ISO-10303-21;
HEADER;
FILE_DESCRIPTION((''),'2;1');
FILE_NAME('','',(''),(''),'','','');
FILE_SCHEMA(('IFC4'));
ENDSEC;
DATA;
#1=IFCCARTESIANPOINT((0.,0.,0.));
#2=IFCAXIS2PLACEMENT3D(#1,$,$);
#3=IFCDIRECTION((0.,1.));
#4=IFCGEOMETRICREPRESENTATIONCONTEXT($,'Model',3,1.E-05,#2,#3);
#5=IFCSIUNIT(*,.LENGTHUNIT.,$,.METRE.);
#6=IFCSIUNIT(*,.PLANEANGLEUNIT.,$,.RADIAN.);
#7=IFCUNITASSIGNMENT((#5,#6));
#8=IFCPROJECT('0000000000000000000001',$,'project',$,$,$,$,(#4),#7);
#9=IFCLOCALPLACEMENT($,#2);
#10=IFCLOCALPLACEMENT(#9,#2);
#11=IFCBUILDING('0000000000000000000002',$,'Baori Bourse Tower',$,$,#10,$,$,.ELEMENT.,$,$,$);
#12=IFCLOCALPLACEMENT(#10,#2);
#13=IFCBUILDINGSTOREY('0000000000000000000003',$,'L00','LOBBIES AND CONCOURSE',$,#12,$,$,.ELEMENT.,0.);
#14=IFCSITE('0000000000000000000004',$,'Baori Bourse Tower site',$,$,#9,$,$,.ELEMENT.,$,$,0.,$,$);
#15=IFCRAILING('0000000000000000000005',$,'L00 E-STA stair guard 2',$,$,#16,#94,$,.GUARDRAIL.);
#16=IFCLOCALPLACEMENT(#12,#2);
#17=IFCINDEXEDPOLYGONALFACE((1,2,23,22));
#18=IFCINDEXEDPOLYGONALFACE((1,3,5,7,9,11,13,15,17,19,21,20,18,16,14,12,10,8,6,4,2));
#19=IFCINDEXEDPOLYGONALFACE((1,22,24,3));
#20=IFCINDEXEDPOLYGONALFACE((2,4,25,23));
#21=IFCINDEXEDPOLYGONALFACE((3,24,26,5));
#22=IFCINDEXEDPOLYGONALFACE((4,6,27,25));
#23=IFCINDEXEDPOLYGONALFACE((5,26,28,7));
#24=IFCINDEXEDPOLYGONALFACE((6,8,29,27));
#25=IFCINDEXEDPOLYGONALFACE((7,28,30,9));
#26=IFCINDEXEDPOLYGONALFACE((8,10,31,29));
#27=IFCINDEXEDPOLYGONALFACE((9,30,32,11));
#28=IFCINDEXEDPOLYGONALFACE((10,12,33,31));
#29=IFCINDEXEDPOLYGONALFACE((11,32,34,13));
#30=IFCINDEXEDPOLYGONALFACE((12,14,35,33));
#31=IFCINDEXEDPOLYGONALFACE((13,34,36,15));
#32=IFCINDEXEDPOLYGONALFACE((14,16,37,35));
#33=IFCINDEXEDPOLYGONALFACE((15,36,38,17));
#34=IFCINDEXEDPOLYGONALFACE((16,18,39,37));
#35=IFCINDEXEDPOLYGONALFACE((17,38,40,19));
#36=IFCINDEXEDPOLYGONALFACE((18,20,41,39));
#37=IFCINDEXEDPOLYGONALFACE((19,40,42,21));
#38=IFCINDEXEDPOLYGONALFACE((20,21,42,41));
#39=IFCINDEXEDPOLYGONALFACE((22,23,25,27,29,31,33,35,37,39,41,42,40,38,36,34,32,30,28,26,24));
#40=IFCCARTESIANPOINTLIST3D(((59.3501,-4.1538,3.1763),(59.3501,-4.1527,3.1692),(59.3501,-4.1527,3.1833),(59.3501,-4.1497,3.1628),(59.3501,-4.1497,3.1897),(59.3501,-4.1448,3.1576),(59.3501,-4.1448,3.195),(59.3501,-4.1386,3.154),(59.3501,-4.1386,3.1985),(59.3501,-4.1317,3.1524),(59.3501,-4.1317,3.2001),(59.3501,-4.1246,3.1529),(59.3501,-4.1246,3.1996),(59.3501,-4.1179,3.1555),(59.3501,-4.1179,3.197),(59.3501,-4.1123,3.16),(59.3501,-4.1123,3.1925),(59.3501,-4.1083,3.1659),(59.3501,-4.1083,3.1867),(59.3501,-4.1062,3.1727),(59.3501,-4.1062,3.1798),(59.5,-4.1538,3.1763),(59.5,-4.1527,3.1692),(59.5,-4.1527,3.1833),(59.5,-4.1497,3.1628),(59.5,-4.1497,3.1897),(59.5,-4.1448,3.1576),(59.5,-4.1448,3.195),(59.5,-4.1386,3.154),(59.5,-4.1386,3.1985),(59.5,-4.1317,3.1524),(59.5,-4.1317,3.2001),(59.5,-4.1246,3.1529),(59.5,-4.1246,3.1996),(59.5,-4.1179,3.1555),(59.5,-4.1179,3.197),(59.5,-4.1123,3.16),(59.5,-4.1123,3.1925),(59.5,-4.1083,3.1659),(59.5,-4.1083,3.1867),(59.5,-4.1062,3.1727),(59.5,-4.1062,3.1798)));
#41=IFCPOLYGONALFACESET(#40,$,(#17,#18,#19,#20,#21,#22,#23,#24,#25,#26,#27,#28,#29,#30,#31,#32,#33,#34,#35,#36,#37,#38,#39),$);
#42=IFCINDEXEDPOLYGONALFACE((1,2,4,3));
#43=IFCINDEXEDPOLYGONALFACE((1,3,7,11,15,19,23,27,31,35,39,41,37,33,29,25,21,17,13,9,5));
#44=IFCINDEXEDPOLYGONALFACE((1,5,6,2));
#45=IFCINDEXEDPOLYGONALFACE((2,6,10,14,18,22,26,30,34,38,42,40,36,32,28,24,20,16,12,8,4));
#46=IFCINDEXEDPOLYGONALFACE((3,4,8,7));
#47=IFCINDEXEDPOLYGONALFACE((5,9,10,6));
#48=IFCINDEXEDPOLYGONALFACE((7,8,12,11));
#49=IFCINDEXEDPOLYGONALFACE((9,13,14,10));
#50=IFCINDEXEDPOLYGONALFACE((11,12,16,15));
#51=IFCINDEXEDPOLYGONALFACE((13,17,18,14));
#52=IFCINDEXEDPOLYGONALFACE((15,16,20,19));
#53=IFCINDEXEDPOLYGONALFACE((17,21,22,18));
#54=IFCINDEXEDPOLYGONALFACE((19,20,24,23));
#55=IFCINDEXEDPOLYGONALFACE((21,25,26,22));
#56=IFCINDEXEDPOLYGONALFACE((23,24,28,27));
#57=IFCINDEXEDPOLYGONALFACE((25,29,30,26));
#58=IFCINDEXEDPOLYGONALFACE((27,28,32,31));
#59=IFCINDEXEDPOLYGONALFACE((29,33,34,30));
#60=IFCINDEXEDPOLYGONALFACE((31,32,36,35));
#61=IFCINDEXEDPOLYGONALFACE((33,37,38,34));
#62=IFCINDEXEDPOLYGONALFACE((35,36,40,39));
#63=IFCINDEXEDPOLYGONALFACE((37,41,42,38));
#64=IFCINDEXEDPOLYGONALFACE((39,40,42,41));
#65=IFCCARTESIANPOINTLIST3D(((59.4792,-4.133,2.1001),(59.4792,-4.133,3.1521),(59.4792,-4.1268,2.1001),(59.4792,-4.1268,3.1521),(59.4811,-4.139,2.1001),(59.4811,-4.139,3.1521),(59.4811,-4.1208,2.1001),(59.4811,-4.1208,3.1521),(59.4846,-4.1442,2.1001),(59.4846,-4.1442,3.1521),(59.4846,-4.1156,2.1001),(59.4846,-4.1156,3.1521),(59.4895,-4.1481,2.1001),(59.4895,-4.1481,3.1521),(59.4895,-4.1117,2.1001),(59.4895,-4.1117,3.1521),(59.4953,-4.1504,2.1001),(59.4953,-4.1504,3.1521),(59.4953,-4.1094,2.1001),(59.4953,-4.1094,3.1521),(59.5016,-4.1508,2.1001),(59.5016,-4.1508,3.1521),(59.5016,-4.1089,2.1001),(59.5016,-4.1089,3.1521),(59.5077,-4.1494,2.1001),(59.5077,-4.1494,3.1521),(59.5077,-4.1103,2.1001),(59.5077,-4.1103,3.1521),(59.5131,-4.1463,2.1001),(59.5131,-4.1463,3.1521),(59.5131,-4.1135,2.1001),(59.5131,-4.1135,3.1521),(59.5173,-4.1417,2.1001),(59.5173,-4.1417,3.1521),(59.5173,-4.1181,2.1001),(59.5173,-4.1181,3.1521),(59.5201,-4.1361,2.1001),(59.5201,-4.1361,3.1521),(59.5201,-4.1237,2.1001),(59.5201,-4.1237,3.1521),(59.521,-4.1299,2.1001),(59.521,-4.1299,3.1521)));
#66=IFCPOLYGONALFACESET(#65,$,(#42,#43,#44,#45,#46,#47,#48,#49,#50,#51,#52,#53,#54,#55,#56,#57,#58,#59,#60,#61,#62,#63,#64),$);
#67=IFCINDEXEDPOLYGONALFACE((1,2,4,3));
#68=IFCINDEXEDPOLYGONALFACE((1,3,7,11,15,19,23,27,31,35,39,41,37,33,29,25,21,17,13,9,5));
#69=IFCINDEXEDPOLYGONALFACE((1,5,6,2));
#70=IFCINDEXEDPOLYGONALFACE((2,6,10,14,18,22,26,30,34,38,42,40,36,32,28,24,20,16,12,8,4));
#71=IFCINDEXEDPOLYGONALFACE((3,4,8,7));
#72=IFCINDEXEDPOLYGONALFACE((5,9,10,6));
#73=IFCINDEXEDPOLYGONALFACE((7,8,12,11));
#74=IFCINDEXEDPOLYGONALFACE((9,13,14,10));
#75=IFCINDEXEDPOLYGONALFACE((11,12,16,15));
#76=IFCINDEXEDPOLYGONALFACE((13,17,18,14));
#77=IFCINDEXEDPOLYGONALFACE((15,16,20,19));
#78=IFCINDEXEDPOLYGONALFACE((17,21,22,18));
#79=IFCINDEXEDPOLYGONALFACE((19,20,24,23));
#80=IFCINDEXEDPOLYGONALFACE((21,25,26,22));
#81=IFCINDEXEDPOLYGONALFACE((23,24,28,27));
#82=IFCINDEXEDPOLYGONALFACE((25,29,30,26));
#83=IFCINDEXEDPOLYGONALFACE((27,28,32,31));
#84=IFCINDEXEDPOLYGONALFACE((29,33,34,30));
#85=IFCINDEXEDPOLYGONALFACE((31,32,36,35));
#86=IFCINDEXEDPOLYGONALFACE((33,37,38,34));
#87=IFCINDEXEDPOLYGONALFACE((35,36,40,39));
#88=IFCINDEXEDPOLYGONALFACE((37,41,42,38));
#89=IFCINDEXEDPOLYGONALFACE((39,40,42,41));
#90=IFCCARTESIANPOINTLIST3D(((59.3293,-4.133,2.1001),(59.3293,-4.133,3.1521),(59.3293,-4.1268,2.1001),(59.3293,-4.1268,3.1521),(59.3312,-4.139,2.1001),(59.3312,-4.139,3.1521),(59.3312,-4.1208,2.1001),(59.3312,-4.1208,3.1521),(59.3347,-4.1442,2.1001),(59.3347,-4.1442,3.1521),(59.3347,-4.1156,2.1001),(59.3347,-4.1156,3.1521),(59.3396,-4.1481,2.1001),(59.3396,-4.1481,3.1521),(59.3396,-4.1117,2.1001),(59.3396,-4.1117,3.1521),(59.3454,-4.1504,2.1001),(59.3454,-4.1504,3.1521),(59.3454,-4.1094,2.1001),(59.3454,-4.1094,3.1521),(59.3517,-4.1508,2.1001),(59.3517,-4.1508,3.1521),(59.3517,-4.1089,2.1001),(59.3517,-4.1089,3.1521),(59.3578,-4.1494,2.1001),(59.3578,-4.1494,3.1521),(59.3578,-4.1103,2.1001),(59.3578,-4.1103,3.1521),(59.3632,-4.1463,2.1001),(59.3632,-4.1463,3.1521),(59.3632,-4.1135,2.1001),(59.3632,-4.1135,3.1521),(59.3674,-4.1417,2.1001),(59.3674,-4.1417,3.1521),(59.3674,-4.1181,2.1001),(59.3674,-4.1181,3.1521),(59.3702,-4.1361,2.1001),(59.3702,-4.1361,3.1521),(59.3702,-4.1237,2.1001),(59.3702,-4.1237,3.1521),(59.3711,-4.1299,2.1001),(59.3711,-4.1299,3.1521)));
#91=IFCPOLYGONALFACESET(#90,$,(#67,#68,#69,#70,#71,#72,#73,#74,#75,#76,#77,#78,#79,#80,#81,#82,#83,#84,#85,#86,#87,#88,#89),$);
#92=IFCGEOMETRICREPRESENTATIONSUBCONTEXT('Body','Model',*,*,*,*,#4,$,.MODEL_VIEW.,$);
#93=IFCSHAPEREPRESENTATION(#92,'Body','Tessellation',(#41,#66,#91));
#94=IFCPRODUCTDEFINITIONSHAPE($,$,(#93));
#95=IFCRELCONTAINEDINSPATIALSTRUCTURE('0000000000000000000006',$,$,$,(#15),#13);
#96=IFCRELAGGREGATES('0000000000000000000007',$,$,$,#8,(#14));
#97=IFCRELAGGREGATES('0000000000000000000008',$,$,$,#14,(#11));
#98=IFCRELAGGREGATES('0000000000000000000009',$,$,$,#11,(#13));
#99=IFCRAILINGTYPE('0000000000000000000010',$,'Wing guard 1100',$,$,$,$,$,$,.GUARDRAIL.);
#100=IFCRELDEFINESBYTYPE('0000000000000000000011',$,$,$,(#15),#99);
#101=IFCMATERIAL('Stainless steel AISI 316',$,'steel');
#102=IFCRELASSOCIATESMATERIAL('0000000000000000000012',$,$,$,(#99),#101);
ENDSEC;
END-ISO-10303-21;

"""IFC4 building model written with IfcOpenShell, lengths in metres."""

from ifc_helpers import new_model, si_unit, direction, frame, origin, origin_2d, place, context, subcontext, project, spatial, circle, extrude, material, type_object, element, save


model = new_model("IFC4")

# Units and contexts
model_context = context("Model", 3, precision=1e-05, world=origin(), true_north=direction((0.0, 1.0)))
body_context = subcontext(model_context, "Body", "Model", "MODEL_VIEW")
ifc_project = project(units=[si_unit("LENGTHUNIT", "METRE"), si_unit("PLANEANGLEUNIT", "RADIAN")], contexts=[model_context])

# Site, building, storey
site_placement = place(None, origin())
site = spatial("IfcSite", under=ifc_project, at=site_placement, Name="Baori Bourse Tower site", CompositionType="ELEMENT", RefElevation=0.0)
building_placement = place(site_placement, origin())
building = spatial("IfcBuilding", under=site, at=building_placement, Name="Baori Bourse Tower", CompositionType="ELEMENT")
storey_placement = place(building_placement, origin())
storey = spatial("IfcBuildingStorey", under=building, at=storey_placement, Name="L00", Description="LOBBIES AND CONCOURSE", CompositionType="ELEMENT", Elevation=0.0)

# Railing
ifc_material_1 = material(Name="Stainless steel AISI 316", Category="steel")
railing_type_1 = type_object("IfcRailingType", Name="Wing guard 1100", PredefinedType="GUARDRAIL", material=ifc_material_1)
railing_1_placement = place(storey_placement, frame((59.5, -4.1299, 2.1001)))
element("IfcRailing", 1, at=railing_1_placement, inside=storey, type_object=railing_type_1, Name="L00 E-STA stair guard 2", PredefinedType="GUARDRAIL", context=body_context, shape_type="SweptSolid", body=[
    extrude(circle(Radius=0.0239, at=origin_2d()), frame((0.0, 0.0, 1.0762), z_axis=(-1.0, 0.0, 0.0), x_axis=(0.0, -1.0, 0.0)), (0.0, 0.0, 1.0), 0.1499),
    extrude(circle(Radius=0.021, at=origin_2d()), origin(), (0.0, 0.0, 1.0), 1.052),
    extrude(circle(Radius=0.021, at=origin_2d()), frame((-0.1499, 0.0, 0.0)), (0.0, 0.0, 1.0), 1.052),
])

save(model, "model.ifc")
